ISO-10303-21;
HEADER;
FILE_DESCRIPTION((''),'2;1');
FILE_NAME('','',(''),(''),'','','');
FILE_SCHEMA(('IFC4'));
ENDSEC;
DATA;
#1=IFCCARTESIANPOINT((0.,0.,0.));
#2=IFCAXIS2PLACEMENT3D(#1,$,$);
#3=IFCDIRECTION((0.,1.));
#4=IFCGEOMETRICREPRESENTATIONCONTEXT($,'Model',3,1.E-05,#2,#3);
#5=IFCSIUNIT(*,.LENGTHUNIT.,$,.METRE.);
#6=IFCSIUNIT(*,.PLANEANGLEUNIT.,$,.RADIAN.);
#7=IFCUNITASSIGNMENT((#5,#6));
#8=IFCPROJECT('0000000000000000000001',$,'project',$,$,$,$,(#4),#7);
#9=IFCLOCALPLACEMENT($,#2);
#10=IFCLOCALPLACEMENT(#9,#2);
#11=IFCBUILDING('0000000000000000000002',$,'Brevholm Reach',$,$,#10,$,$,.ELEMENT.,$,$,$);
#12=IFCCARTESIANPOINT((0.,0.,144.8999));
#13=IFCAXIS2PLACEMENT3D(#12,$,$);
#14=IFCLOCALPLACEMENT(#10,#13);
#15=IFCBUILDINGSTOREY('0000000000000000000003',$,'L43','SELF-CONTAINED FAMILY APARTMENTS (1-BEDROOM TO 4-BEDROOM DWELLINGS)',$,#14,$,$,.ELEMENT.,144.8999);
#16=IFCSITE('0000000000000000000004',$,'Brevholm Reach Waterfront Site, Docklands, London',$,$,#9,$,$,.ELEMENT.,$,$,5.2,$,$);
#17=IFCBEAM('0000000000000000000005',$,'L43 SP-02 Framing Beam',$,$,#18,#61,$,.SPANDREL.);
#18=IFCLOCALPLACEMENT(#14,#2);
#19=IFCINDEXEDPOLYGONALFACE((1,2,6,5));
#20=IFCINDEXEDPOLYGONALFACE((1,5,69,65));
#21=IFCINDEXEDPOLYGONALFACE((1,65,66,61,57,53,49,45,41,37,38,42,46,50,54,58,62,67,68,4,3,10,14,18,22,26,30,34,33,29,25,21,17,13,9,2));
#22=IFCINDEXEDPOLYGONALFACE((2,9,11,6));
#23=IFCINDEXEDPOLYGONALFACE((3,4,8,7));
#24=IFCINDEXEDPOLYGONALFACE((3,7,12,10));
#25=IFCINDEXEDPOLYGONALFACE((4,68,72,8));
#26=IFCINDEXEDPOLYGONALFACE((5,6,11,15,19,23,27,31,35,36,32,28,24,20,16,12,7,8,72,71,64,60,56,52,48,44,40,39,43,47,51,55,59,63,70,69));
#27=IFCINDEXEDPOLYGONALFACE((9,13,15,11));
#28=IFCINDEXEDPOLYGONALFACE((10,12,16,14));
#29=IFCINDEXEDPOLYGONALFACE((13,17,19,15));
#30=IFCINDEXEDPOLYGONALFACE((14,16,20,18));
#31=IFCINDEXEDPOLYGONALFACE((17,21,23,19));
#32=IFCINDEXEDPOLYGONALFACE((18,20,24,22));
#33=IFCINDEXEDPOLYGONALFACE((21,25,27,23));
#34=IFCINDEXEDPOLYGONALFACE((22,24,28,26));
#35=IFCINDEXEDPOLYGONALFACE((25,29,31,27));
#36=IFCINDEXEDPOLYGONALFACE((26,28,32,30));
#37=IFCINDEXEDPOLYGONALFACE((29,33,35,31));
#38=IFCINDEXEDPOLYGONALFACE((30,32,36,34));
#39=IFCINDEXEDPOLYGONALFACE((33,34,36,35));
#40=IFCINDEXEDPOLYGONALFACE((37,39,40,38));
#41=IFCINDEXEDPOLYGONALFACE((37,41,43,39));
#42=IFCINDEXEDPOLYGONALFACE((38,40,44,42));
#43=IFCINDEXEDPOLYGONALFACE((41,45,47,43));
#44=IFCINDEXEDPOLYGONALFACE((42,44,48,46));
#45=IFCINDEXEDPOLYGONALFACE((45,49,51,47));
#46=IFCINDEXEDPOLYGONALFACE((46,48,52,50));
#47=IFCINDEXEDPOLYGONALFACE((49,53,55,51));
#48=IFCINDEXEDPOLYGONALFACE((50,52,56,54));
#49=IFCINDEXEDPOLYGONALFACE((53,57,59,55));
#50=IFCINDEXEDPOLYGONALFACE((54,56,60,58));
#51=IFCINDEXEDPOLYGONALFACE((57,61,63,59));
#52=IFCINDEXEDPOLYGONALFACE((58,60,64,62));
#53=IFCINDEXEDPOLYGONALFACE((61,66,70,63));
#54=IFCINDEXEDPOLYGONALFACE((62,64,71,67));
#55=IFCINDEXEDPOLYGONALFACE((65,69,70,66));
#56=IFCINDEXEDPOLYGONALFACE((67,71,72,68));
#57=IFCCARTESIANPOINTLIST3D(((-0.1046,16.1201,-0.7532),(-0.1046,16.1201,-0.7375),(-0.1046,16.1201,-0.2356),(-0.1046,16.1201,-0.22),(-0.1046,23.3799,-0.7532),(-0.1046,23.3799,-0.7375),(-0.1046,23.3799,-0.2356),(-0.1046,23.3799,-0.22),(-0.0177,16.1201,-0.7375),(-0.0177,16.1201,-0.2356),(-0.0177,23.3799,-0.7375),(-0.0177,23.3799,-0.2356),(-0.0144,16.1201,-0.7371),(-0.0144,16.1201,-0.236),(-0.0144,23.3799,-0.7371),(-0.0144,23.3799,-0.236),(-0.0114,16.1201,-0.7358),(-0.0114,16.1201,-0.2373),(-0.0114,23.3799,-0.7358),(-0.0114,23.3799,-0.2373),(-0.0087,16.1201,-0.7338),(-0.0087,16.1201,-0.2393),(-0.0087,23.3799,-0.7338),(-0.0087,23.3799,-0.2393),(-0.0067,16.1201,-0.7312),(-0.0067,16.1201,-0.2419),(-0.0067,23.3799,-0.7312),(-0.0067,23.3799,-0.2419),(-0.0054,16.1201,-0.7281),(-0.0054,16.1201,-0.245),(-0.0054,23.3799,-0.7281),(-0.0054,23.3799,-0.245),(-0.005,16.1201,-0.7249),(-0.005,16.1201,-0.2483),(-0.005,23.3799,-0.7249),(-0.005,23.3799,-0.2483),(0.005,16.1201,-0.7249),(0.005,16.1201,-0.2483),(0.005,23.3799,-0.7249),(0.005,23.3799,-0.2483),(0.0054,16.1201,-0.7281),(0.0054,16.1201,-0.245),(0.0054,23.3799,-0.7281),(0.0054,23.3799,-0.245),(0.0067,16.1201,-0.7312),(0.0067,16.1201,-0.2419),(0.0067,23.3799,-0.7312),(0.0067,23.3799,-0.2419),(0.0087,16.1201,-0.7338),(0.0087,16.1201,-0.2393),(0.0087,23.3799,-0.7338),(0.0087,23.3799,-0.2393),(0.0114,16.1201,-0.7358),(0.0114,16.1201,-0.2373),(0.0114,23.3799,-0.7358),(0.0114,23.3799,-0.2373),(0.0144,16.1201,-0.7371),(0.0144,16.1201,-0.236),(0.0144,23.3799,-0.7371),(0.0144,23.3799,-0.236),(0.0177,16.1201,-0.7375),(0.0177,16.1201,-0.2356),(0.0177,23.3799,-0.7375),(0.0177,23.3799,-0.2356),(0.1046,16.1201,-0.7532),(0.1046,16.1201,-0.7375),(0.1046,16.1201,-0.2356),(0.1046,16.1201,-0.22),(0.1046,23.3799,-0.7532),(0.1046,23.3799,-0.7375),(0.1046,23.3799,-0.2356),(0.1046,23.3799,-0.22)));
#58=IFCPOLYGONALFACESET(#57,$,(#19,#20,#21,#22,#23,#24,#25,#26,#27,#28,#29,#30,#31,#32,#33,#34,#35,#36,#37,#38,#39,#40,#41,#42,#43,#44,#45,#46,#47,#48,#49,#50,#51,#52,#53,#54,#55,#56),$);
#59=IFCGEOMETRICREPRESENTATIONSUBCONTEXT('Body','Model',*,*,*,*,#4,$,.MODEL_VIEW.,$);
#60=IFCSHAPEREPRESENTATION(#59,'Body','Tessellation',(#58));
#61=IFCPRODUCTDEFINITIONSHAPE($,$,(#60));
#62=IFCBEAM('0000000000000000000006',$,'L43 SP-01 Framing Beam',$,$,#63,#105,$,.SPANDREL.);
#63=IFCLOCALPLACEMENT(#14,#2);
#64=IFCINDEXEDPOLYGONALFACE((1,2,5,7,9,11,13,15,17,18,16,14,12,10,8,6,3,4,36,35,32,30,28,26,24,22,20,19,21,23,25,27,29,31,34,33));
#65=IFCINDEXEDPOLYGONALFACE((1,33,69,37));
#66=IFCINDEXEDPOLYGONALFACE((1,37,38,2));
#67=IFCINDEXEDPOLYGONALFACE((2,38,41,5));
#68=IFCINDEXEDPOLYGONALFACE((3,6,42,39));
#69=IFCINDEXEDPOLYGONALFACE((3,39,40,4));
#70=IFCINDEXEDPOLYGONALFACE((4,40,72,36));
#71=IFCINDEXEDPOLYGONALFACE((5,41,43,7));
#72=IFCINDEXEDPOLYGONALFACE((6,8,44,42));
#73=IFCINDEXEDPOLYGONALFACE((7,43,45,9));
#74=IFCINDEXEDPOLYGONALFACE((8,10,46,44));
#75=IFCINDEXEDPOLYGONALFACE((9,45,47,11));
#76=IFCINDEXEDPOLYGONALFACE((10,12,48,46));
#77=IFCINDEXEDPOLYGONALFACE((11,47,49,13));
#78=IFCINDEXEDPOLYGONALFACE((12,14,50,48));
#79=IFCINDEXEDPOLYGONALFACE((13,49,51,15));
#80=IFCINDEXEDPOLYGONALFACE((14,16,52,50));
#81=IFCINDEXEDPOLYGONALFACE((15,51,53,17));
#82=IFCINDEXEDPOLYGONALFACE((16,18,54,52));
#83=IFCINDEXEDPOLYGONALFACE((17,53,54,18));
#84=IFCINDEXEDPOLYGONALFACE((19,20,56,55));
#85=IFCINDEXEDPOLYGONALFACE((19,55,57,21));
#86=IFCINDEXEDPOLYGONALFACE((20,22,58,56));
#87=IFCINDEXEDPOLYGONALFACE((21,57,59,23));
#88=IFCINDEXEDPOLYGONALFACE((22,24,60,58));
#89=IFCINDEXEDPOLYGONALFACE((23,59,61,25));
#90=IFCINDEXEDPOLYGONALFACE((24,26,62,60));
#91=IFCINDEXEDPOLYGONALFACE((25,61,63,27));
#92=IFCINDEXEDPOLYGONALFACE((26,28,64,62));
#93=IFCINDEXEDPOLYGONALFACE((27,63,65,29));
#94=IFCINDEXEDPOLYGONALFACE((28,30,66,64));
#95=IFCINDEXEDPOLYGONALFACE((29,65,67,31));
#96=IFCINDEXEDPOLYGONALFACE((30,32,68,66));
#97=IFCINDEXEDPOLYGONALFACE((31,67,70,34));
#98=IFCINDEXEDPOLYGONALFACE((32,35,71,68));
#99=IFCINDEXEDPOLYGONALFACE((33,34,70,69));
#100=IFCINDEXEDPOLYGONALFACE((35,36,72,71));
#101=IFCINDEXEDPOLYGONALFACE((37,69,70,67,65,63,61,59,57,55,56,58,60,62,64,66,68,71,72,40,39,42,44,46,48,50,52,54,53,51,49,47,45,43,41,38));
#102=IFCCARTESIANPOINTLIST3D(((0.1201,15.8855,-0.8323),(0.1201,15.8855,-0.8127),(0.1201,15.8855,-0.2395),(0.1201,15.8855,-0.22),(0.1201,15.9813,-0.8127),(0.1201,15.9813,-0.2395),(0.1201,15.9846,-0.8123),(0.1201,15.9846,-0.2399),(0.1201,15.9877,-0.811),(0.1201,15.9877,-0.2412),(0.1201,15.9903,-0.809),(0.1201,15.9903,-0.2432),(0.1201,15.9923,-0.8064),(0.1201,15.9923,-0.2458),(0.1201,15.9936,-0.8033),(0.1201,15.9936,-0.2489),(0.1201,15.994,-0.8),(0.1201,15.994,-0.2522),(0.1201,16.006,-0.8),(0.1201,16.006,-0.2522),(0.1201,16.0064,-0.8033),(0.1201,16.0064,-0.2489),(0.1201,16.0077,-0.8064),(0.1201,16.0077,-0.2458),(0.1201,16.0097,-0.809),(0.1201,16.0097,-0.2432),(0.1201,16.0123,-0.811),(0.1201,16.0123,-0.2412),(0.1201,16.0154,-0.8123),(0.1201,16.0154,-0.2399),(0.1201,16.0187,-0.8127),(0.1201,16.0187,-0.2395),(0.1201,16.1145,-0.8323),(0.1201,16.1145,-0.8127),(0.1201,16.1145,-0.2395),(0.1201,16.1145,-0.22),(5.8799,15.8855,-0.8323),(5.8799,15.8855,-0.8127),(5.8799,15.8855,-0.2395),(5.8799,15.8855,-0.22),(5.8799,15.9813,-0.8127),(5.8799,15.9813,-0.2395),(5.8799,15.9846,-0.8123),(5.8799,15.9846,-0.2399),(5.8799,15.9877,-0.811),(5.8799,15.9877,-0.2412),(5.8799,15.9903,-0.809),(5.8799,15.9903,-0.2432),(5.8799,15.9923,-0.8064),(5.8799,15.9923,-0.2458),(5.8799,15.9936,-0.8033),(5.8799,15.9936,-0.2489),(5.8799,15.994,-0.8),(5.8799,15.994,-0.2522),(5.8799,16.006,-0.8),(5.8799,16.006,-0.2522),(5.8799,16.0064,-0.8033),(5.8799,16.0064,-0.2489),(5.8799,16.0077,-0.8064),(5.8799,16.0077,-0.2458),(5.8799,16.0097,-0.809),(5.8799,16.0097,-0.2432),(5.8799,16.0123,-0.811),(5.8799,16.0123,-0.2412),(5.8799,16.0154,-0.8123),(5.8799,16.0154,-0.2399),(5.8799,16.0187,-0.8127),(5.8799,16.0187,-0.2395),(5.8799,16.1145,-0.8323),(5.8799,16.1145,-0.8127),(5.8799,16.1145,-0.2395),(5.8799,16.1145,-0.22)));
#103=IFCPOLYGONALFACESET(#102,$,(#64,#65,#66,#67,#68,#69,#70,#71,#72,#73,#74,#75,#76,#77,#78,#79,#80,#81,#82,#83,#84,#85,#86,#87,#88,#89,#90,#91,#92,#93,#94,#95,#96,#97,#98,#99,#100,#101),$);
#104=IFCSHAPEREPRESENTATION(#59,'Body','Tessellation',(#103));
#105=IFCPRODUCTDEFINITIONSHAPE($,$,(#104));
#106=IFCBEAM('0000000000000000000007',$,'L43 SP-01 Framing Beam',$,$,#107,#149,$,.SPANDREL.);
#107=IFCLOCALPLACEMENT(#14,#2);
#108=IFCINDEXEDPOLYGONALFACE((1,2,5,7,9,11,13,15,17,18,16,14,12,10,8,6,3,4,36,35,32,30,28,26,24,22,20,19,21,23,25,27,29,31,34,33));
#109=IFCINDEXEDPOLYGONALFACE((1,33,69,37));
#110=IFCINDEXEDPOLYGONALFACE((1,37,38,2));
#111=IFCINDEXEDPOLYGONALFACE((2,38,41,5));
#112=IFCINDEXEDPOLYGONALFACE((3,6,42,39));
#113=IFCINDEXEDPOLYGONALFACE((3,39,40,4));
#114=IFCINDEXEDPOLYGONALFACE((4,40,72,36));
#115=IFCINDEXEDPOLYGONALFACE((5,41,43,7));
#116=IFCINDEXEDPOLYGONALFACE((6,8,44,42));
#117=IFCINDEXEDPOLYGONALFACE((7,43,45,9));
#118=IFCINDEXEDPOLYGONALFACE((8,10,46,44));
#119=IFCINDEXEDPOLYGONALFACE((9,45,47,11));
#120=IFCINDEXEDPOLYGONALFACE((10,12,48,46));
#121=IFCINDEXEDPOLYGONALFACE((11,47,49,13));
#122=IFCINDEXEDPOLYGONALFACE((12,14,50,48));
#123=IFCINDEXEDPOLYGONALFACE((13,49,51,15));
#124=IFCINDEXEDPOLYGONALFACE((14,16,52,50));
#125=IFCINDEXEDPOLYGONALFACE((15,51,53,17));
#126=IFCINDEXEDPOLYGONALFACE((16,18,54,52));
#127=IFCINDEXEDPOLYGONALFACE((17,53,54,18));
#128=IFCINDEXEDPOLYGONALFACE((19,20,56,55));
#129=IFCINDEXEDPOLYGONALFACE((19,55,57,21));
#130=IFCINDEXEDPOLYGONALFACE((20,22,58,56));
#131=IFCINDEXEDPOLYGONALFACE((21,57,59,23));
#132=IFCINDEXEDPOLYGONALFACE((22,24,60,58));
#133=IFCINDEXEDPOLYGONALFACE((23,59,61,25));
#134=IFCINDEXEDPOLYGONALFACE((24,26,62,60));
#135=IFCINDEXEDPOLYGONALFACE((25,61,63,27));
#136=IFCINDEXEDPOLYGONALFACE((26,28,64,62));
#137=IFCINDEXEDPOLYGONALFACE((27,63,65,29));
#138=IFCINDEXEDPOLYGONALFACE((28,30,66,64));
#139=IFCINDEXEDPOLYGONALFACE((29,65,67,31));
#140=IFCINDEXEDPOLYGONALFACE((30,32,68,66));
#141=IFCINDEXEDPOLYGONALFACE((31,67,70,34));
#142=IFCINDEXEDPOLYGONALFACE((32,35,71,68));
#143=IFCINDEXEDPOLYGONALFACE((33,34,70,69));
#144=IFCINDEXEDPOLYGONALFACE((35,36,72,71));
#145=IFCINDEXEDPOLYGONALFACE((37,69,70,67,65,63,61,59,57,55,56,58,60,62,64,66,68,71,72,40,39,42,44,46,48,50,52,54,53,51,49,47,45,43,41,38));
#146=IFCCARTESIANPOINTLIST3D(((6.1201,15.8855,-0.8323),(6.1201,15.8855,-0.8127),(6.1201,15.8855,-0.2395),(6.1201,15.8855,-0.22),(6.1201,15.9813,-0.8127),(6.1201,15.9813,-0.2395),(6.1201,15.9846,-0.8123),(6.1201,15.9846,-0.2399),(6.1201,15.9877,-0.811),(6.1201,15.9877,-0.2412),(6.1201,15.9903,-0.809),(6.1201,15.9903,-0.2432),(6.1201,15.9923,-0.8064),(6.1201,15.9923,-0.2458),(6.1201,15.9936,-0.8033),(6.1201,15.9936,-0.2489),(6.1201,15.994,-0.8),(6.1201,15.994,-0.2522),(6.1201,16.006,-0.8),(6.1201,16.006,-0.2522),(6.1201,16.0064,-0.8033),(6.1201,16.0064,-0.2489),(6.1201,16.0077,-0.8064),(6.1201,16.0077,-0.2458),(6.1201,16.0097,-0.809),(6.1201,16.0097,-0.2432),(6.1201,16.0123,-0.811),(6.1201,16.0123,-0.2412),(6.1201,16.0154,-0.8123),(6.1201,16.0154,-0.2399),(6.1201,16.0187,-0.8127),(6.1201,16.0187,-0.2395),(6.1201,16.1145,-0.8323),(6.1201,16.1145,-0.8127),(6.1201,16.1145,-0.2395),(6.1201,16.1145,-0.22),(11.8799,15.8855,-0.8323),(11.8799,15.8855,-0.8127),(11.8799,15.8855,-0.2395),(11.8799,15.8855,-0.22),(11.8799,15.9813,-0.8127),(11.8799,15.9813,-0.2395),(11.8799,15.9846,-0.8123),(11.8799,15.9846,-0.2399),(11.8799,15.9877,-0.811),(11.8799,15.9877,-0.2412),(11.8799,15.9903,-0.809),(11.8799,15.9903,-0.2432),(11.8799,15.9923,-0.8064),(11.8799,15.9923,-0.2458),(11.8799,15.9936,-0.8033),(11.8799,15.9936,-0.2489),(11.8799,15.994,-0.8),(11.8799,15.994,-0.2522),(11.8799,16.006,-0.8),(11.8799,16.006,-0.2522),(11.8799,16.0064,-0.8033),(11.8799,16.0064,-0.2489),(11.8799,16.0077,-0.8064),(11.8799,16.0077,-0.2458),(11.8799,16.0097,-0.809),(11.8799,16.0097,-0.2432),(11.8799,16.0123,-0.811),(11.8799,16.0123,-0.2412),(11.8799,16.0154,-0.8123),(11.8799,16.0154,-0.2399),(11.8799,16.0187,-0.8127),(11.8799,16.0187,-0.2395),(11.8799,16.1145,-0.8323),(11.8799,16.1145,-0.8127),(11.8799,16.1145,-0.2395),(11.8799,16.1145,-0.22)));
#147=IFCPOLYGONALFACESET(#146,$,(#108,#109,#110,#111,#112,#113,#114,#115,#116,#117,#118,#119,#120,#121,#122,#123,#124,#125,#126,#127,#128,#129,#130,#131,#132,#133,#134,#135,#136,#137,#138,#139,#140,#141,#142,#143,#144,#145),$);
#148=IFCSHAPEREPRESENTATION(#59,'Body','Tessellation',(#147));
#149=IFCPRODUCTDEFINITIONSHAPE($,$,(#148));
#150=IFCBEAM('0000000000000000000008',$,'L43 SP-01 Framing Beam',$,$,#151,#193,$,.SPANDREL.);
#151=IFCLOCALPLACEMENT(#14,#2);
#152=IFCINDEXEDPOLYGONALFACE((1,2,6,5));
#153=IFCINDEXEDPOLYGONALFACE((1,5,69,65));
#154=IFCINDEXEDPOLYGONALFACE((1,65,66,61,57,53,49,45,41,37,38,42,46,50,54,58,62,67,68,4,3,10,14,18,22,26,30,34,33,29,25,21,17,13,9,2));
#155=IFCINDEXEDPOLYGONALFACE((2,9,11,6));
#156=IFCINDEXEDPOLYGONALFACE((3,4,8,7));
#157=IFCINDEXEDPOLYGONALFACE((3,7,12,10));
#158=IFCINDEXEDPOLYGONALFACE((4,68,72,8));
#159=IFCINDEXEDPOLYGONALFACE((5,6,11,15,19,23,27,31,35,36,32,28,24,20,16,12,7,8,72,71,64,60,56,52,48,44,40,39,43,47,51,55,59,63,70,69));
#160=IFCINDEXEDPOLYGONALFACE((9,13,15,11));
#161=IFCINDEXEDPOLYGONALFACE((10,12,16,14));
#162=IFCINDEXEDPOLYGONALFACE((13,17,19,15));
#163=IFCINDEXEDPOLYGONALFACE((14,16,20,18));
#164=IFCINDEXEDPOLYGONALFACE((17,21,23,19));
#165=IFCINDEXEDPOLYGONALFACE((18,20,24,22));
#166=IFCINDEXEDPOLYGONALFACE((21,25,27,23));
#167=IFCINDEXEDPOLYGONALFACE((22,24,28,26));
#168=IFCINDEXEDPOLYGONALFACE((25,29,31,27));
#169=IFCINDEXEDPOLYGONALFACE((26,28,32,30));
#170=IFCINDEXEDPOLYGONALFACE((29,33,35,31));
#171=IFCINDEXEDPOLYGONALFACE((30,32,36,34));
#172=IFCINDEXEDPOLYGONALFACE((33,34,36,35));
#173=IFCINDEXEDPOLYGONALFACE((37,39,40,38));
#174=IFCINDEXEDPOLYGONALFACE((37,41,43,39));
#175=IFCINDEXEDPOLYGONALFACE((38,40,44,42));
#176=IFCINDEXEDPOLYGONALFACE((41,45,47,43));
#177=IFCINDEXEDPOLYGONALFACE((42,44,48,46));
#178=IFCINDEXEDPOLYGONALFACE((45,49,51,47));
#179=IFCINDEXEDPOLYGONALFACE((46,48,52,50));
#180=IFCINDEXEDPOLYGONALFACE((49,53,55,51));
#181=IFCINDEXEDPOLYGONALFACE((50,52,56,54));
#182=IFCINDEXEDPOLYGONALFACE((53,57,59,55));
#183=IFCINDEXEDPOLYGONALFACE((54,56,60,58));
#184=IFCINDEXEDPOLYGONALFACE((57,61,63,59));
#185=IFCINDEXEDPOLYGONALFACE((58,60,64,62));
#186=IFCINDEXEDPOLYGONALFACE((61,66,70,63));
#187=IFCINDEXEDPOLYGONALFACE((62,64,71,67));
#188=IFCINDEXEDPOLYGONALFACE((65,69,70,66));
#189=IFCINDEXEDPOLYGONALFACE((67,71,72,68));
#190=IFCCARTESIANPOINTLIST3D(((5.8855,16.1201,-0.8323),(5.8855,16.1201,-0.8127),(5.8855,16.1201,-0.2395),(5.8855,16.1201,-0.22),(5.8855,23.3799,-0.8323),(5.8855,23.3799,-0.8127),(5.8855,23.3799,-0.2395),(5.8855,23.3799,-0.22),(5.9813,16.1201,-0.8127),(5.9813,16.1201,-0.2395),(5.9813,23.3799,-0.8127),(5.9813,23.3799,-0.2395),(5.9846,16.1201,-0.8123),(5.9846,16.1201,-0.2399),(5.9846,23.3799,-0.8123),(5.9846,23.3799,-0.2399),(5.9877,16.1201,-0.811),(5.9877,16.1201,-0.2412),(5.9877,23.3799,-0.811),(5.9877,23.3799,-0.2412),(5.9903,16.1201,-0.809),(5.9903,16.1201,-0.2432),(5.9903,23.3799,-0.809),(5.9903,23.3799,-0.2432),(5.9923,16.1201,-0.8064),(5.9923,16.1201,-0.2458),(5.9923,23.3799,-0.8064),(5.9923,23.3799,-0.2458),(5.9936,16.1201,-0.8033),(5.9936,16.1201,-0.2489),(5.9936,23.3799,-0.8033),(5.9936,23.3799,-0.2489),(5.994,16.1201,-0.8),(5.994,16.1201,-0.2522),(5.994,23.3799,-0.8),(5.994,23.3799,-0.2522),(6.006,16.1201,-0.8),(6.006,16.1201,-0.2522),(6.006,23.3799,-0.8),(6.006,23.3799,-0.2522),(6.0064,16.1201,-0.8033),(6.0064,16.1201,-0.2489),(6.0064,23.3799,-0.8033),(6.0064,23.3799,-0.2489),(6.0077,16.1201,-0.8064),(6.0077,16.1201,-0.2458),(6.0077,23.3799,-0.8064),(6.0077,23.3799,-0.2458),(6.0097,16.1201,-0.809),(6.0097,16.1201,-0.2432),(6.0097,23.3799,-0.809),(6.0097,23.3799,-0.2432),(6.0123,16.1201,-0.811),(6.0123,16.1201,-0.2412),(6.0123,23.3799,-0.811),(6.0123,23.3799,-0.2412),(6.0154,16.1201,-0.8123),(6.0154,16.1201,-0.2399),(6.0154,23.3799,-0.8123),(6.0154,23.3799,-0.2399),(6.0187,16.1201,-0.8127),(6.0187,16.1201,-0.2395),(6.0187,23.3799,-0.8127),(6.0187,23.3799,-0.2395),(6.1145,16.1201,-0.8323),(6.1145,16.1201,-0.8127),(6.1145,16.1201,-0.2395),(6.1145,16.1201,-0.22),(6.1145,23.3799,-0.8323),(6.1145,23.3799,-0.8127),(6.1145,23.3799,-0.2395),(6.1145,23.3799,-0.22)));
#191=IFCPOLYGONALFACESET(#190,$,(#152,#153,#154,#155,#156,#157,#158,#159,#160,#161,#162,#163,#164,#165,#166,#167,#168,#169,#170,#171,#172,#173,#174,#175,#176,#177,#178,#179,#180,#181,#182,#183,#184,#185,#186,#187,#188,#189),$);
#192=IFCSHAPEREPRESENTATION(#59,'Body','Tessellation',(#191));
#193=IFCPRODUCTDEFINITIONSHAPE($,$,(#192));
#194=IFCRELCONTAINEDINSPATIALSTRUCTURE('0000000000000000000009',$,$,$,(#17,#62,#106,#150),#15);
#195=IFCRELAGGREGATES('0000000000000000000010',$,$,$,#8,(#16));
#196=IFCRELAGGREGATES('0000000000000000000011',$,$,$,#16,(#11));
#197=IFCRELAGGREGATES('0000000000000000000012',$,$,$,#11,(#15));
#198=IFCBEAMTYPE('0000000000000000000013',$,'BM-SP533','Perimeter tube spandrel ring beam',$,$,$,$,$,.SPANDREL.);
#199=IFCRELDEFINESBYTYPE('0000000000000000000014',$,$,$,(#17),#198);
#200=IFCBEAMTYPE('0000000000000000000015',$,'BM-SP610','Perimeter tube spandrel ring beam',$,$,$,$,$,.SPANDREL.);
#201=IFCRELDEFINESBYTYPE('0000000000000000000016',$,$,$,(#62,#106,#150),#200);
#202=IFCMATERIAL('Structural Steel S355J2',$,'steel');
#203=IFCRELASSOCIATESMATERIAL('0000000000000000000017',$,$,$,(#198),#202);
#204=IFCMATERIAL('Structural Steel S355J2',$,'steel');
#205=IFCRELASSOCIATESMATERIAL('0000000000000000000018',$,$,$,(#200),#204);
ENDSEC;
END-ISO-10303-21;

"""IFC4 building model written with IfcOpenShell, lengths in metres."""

from ifc_helpers import new_model, si_unit, direction, frame, origin, origin_2d, place, context, subcontext, project, spatial, i_section, extrude, material, material_profile, profile_set, type_object, element, save


model = new_model("IFC4")

# Units and contexts
model_context = context("Model", 3, precision=1e-05, world=origin(), true_north=direction((0.0, 1.0)))
body_context = subcontext(model_context, "Body", "Model", "MODEL_VIEW")
ifc_project = project(units=[si_unit("LENGTHUNIT", "METRE"), si_unit("PLANEANGLEUNIT", "RADIAN")], contexts=[model_context])

# Site, building, storey
site_placement = place(None, origin())
site = spatial("IfcSite", under=ifc_project, at=site_placement, Name="Brevholm Reach Waterfront Site, Docklands, London", CompositionType="ELEMENT", RefElevation=5.2)
building_placement = place(site_placement, origin())
building = spatial("IfcBuilding", under=site, at=building_placement, Name="Brevholm Reach", CompositionType="ELEMENT")
storey_placement = place(building_placement, frame((0.0, 0.0, 144.8999)))
storey = spatial("IfcBuildingStorey", under=building, at=storey_placement, Name="L43", Description="SELF-CONTAINED FAMILY APARTMENTS (1-BEDROOM TO 4-BEDROOM DWELLINGS)", CompositionType="ELEMENT", Elevation=144.8999)

# Beams
ifc_material_1 = material(Name="Structural Steel S355J2", Category="steel")
ifc_material_profile_1 = material_profile(ifc_material_1, i_section(OverallWidth=0.2092, OverallDepth=0.5332, WebThickness=0.01, FlangeThickness=0.0156, FilletRadius=0.0127, at=origin_2d()), Name="UKB 533x210x92")
ifc_profile_set_1 = profile_set([ifc_material_profile_1], Name="Structural Steel S355J2")
beam_type_1 = type_object("IfcBeamType", Name="BM-SP533", Description="Perimeter tube spandrel ring beam", PredefinedType="SPANDREL", material=ifc_profile_set_1)
beam_1_placement = place(storey_placement, frame((0.0, 16.1201, -0.4866), z_axis=(0.0, 1.0, 0.0), x_axis=(-1.0, 0.0, 0.0)))
element("IfcBeam", 1, at=beam_1_placement, inside=storey, type_object=beam_type_1, Name="L43 SP-02 Framing Beam", PredefinedType="SPANDREL", context=body_context, shape_type="SweptSolid", body=[
    extrude(i_section(OverallWidth=0.2092, OverallDepth=0.5332, WebThickness=0.01, FlangeThickness=0.0156, FilletRadius=0.0127, at=origin_2d()), origin(), (0.0, 0.0, 1.0), 7.2598),
])
ifc_material_2 = material(Name="Structural Steel S355J2", Category="steel")
ifc_material_profile_2 = material_profile(ifc_material_2, i_section(OverallWidth=0.229, OverallDepth=0.6123, WebThickness=0.012, FlangeThickness=0.0195, FilletRadius=0.0127, at=origin_2d()), Name="UKB 610x229x125")
ifc_profile_set_2 = profile_set([ifc_material_profile_2], Name="Structural Steel S355J2")
beam_type_2 = type_object("IfcBeamType", Name="BM-SP610", Description="Perimeter tube spandrel ring beam", PredefinedType="SPANDREL", material=ifc_profile_set_2)
for number, where, z_axis, x_axis, name in (
    (2, (0.1201, 16.0, -0.5261), (1.0, 0.0, 0.0), (0.0, 1.0, 0.0), "L43 SP-01 Framing Beam"),
    (3, (6.1201, 16.0, -0.5261), (1.0, 0.0, 0.0), (0.0, 1.0, 0.0), "L43 SP-01 Framing Beam"),
):
    element("IfcBeam", number, at=place(storey_placement, frame(where, z_axis=z_axis, x_axis=x_axis)), inside=storey, type_object=beam_type_2, Name=name, PredefinedType="SPANDREL", context=body_context, shape_type="SweptSolid", body=[
        extrude(i_section(OverallWidth=0.229, OverallDepth=0.6123, WebThickness=0.012, FlangeThickness=0.0195, FilletRadius=0.0127, at=origin_2d()), origin(), (0.0, 0.0, 1.0), 5.7598),
    ])
beam_2_placement = place(storey_placement, frame((6.0, 16.1201, -0.5261), z_axis=(0.0, 1.0, 0.0), x_axis=(-1.0, 0.0, 0.0)))
element("IfcBeam", 4, at=beam_2_placement, inside=storey, type_object=beam_type_2, Name="L43 SP-01 Framing Beam", PredefinedType="SPANDREL", context=body_context, shape_type="SweptSolid", body=[
    extrude(i_section(OverallWidth=0.229, OverallDepth=0.6123, WebThickness=0.012, FlangeThickness=0.0195, FilletRadius=0.0127, at=origin_2d()), origin(), (0.0, 0.0, 1.0), 7.2598),
])

save(model, "model.ifc")
